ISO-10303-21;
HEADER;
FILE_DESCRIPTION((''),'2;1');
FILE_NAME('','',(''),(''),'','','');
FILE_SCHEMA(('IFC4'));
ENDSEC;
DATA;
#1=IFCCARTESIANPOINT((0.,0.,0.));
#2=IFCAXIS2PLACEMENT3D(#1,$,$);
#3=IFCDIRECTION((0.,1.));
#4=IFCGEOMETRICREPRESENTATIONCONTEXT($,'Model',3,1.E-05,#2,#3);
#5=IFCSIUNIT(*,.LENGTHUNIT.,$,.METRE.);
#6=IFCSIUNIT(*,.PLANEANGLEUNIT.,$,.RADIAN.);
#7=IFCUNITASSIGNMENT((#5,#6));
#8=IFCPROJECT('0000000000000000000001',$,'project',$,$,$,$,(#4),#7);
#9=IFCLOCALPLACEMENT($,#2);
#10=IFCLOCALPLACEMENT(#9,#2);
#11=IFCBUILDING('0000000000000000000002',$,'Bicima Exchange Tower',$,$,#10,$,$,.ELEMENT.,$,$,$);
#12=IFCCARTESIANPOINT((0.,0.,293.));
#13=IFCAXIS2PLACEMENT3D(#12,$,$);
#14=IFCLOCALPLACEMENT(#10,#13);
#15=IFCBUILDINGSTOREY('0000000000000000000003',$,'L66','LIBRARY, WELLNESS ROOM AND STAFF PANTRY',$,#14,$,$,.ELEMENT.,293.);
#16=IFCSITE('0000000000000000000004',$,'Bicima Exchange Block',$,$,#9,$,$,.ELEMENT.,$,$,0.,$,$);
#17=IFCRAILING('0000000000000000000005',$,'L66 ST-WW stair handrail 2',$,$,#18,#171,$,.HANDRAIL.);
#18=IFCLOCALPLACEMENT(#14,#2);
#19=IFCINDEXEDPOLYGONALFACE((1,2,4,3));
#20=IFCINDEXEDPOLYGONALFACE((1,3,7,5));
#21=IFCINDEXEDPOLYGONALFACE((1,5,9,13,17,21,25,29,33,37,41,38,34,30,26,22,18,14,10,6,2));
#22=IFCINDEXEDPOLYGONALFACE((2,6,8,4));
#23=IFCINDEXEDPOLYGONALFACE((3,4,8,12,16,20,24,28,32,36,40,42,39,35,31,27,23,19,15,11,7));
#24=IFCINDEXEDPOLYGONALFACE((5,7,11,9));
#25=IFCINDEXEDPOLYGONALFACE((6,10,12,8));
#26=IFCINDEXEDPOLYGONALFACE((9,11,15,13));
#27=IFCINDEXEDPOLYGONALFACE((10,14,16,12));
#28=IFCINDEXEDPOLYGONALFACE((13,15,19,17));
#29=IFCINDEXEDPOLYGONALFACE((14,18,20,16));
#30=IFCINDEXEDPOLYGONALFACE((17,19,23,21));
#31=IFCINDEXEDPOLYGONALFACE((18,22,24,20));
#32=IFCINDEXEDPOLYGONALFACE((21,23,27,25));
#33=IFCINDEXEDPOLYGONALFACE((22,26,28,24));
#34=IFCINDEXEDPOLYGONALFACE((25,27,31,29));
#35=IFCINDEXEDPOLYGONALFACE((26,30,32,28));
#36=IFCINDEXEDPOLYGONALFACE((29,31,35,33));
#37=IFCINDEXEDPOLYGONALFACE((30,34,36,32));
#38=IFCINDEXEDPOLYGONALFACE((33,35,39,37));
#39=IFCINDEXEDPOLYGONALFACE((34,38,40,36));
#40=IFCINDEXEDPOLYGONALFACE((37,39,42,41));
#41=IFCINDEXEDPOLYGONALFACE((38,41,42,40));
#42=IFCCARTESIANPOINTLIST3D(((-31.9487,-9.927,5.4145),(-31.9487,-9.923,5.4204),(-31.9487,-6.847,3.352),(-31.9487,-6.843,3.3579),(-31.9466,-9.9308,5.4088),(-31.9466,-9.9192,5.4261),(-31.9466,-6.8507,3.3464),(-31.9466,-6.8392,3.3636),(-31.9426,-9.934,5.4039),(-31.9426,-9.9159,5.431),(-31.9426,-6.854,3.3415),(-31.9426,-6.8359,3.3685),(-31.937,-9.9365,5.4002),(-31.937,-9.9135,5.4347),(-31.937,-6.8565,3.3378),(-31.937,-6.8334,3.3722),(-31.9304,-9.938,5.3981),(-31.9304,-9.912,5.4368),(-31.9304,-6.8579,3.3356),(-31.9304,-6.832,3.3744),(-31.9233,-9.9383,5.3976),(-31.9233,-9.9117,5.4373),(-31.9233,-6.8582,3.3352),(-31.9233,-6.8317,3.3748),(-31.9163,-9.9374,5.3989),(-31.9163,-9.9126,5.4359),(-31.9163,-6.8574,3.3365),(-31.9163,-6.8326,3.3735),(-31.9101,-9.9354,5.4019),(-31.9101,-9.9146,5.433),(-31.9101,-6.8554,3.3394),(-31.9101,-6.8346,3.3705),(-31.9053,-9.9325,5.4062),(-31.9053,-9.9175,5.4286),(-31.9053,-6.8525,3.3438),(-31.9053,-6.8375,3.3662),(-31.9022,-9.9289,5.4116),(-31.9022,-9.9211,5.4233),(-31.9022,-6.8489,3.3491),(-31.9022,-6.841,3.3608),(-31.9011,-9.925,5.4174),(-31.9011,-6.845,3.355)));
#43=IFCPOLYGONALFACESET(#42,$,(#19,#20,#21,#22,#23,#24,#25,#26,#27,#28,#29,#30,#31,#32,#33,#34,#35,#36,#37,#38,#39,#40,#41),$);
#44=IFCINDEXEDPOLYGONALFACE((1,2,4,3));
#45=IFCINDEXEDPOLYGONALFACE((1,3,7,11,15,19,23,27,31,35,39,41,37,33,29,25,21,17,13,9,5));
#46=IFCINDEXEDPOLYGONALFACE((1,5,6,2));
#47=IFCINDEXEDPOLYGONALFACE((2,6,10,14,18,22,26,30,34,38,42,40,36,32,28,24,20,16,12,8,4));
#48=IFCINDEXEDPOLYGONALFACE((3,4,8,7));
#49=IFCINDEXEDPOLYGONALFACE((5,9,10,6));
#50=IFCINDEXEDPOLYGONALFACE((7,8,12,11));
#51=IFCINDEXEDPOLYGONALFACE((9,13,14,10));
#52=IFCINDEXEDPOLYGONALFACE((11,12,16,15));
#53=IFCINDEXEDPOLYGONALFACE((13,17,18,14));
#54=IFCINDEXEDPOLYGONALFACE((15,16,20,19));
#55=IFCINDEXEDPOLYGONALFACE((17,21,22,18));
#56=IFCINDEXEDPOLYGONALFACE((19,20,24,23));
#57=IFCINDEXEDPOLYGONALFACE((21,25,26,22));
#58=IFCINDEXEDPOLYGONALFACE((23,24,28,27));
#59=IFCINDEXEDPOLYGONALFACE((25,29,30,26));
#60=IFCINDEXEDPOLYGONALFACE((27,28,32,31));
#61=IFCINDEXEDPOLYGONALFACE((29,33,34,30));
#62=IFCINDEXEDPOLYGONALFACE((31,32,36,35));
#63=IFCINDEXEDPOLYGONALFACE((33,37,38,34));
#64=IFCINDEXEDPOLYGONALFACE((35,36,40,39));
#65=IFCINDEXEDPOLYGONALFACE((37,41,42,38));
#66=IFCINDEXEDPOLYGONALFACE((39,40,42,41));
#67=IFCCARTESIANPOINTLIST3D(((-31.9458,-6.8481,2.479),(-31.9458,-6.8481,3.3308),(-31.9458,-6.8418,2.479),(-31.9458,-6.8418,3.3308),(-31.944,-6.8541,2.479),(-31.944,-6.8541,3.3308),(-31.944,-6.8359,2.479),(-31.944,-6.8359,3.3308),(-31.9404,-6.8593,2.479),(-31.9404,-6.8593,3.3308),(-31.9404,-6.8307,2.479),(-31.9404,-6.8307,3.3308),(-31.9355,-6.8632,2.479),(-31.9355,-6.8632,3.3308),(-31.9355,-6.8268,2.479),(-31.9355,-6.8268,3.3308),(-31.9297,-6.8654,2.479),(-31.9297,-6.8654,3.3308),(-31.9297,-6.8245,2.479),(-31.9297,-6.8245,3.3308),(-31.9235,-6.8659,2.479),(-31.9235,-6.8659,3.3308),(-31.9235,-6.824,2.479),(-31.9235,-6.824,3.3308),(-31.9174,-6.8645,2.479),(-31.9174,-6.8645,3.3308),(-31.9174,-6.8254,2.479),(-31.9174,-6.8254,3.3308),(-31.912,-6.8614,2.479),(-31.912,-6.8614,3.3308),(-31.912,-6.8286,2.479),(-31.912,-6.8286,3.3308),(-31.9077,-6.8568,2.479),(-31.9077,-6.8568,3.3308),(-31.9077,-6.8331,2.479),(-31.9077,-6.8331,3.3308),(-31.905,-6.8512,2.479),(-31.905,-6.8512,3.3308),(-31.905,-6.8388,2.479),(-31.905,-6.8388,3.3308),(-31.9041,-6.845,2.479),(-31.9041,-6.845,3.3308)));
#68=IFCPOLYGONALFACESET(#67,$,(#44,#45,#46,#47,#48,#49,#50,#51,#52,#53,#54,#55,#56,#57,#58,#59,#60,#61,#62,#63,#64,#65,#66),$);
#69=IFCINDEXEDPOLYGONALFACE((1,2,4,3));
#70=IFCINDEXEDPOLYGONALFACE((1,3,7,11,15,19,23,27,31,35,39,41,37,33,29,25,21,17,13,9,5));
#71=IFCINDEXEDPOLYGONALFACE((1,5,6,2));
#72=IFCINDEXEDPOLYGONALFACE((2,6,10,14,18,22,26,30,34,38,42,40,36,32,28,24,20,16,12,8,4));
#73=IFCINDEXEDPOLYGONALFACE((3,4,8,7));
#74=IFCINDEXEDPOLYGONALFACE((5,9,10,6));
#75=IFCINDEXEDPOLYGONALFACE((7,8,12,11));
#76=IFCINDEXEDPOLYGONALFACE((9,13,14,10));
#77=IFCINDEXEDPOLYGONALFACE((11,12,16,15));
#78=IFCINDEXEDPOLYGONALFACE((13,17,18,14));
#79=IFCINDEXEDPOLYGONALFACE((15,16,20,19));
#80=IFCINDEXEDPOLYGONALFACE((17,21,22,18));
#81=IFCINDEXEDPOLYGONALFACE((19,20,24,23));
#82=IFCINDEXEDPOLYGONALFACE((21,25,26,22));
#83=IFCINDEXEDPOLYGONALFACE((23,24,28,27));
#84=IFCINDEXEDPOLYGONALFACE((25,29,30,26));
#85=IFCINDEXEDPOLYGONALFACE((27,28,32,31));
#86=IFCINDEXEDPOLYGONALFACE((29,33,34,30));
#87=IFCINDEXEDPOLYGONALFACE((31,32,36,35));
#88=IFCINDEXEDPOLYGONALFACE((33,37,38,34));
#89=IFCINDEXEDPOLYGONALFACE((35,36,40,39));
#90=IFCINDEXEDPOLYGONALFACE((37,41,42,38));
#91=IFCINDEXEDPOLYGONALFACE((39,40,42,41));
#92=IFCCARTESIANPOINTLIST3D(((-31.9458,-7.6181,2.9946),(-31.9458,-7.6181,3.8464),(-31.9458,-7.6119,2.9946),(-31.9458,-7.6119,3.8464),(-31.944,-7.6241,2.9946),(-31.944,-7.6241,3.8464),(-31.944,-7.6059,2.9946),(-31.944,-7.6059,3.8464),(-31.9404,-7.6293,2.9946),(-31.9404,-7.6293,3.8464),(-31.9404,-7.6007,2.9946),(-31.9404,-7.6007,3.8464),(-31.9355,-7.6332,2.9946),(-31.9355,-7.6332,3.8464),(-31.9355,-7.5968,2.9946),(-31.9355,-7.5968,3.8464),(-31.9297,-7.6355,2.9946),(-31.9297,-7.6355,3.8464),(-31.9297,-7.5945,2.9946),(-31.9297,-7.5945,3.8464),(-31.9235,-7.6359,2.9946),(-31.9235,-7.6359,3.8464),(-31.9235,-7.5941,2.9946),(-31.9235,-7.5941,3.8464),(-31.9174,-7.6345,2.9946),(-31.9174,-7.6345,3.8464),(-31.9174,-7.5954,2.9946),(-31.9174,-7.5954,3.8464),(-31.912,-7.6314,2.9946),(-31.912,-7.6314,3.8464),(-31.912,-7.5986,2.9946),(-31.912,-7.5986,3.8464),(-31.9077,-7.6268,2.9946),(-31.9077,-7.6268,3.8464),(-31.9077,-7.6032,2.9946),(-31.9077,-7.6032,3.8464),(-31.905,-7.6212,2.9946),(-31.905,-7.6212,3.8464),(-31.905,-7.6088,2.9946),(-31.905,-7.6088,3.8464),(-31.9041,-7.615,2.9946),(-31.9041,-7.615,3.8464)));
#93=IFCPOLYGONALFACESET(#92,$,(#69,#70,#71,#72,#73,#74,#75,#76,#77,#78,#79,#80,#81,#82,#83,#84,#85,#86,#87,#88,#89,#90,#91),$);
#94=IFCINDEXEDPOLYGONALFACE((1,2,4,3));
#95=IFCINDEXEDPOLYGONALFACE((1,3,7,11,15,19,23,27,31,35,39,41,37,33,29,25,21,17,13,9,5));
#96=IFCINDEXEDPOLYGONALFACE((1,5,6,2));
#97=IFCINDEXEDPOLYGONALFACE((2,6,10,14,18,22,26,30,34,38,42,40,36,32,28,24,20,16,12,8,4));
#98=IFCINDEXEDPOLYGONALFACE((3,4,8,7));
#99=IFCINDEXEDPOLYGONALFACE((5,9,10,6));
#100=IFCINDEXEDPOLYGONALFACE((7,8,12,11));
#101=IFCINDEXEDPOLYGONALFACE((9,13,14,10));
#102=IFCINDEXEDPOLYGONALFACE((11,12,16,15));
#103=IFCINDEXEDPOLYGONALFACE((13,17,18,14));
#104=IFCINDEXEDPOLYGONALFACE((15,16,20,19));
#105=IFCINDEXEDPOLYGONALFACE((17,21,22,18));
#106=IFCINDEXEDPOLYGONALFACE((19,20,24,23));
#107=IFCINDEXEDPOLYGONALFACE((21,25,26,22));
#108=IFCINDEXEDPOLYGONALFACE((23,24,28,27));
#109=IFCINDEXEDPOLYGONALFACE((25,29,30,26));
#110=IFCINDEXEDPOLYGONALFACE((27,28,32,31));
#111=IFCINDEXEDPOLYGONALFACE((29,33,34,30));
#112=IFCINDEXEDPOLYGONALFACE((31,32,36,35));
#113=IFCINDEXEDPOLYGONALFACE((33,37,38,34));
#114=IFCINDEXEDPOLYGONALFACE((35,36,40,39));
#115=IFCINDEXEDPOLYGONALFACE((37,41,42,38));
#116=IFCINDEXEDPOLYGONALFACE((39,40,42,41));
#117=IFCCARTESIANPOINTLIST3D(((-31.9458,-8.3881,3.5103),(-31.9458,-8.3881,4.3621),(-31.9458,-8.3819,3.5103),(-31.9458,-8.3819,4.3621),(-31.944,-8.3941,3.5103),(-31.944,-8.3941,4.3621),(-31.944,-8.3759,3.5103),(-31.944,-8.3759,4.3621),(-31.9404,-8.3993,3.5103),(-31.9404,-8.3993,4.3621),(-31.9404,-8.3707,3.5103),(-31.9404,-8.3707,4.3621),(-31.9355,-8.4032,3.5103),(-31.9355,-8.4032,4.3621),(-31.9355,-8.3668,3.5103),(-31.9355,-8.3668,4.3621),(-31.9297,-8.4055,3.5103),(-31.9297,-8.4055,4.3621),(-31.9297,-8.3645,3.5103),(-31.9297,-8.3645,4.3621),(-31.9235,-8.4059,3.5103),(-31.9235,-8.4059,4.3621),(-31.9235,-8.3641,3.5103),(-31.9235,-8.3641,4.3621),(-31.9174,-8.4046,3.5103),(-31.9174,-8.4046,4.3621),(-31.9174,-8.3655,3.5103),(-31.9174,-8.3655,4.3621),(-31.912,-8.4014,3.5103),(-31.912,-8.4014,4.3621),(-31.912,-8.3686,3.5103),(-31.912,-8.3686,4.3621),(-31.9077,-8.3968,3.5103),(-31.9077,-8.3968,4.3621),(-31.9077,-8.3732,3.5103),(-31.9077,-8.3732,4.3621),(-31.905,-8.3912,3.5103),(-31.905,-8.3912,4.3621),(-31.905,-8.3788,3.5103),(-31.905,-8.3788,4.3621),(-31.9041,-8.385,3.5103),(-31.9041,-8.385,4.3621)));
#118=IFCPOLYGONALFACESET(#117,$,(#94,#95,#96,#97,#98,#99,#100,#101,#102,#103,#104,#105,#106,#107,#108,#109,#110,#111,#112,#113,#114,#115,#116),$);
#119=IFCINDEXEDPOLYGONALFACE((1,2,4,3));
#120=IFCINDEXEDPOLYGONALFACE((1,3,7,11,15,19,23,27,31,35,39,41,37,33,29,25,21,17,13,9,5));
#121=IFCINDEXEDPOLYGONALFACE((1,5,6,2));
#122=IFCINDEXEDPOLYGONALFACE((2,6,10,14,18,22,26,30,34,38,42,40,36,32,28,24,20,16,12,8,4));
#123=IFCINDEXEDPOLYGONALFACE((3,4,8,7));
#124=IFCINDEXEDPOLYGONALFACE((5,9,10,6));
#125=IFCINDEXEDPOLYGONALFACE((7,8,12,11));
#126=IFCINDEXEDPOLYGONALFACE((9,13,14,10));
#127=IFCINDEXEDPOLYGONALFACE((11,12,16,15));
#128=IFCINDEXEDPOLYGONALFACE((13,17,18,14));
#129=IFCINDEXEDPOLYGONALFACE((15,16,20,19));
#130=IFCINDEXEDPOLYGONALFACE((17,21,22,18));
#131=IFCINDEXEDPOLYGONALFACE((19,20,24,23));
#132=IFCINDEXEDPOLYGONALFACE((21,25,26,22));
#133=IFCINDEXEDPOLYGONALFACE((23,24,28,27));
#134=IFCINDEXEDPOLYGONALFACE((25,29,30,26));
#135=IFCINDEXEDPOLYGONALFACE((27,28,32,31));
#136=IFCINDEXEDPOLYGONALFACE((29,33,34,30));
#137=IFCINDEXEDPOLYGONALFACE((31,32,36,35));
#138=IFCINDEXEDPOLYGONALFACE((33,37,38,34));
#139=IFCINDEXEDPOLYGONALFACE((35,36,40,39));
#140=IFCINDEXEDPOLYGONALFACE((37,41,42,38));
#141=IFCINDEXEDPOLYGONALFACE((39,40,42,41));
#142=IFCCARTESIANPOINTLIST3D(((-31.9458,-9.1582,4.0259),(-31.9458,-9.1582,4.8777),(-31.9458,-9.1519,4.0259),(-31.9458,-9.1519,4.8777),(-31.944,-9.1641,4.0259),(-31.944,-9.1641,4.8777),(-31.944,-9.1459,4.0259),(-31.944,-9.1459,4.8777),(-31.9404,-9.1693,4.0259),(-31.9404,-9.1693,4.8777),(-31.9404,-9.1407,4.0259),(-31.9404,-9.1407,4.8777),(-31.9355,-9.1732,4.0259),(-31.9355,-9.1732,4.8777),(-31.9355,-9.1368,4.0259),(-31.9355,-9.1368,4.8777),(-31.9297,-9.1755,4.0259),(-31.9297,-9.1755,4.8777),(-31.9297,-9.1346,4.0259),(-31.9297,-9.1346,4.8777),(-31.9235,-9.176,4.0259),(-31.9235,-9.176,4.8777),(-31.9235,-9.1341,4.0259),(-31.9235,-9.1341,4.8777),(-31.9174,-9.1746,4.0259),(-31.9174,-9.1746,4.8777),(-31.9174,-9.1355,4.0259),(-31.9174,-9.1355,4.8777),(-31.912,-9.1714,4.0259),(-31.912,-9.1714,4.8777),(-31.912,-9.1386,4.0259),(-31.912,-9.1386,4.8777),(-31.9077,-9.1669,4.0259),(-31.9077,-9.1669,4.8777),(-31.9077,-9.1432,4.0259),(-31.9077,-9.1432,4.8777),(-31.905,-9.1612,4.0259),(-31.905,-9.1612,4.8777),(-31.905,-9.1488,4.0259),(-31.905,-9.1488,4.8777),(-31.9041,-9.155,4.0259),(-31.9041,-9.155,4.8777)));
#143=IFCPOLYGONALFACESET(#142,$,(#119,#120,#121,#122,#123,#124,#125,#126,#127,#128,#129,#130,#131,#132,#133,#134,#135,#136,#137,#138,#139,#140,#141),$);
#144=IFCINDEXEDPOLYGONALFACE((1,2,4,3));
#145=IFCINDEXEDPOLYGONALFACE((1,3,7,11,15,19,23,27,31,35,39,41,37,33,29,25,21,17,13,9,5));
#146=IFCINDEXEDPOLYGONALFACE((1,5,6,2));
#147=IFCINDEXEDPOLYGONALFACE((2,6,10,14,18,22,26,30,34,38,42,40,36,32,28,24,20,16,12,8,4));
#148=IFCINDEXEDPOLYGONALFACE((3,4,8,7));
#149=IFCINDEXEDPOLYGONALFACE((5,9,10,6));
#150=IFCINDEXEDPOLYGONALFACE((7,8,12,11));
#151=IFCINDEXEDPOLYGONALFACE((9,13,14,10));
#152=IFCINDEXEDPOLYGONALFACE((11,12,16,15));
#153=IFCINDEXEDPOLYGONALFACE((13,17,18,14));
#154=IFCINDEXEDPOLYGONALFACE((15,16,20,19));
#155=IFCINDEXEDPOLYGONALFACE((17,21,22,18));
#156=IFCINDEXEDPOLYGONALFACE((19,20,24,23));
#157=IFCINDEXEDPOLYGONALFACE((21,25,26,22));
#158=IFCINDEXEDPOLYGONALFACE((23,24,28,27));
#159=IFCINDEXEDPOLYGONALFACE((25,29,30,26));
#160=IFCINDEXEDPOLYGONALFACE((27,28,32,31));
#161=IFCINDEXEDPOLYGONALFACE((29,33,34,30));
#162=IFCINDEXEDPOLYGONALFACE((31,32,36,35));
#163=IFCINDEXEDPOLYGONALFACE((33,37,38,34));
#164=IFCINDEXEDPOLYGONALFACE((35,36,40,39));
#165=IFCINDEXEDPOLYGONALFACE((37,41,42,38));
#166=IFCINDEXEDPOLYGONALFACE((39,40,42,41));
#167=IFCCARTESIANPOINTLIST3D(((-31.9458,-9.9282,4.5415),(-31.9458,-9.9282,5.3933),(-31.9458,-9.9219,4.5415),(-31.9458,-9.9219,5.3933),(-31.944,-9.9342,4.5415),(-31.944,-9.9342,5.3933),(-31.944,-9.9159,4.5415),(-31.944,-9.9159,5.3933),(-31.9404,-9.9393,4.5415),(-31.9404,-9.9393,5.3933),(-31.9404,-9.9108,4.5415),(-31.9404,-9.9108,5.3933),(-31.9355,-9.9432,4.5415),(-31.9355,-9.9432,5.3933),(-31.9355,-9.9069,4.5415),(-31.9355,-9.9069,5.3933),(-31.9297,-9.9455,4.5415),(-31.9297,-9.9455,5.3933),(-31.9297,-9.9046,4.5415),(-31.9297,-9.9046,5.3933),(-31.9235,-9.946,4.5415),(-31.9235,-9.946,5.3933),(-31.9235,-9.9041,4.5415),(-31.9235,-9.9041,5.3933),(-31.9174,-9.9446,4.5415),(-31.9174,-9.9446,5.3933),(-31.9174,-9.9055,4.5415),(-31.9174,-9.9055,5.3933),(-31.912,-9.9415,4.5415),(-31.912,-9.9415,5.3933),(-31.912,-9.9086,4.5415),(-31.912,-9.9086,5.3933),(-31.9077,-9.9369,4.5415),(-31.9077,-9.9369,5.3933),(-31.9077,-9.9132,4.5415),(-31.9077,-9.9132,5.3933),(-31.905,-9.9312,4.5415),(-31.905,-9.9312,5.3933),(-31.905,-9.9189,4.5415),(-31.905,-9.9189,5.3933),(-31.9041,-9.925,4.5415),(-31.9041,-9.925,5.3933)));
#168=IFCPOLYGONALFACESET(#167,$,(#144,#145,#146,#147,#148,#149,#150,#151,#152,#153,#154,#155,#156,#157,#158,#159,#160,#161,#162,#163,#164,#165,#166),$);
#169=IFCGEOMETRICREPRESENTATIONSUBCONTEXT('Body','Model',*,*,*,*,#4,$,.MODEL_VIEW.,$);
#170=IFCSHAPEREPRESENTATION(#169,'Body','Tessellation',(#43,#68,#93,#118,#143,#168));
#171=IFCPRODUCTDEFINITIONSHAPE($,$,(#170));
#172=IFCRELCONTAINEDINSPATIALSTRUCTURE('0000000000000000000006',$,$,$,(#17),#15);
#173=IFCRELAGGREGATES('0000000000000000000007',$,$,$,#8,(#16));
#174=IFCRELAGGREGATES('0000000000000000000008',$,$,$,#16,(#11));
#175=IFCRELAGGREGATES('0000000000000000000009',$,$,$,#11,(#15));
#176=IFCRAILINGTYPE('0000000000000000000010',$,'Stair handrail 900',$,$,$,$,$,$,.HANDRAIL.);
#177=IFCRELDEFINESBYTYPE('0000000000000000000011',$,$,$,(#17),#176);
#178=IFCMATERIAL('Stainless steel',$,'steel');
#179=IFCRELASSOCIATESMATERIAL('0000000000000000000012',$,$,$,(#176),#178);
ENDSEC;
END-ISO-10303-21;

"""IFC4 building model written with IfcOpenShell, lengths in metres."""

from ifc_helpers import new_model, si_unit, direction, frame, origin, origin_2d, place, context, subcontext, project, spatial, circle, extrude, material, type_object, element, save


model = new_model("IFC4")

# Units and contexts
model_context = context("Model", 3, precision=1e-05, world=origin(), true_north=direction((0.0, 1.0)))
body_context = subcontext(model_context, "Body", "Model", "MODEL_VIEW")
ifc_project = project(units=[si_unit("LENGTHUNIT", "METRE"), si_unit("PLANEANGLEUNIT", "RADIAN")], contexts=[model_context])

# Site, building, storey
site_placement = place(None, origin())
site = spatial("IfcSite", under=ifc_project, at=site_placement, Name="Bicima Exchange Block", CompositionType="ELEMENT", RefElevation=0.0)
building_placement = place(site_placement, origin())
building = spatial("IfcBuilding", under=site, at=building_placement, Name="Bicima Exchange Tower", CompositionType="ELEMENT")
storey_placement = place(building_placement, frame((0.0, 0.0, 293.0)))
storey = spatial("IfcBuildingStorey", under=building, at=storey_placement, Name="L66", Description="LIBRARY, WELLNESS ROOM AND STAFF PANTRY", CompositionType="ELEMENT", Elevation=293.0)

# Railing
ifc_material_1 = material(Name="Stainless steel", Category="steel")
railing_type_1 = type_object("IfcRailingType", Name="Stair handrail 900", PredefinedType="HANDRAIL", material=ifc_material_1)
railing_1_placement = place(storey_placement, frame((-31.925, -6.845, 2.479)))
element("IfcRailing", 1, at=railing_1_placement, inside=storey, type_object=railing_type_1, Name="L66 ST-WW stair handrail 2", PredefinedType="HANDRAIL", context=body_context, shape_type="SweptSolid", body=[
    extrude(circle(Radius=0.0239, at=origin_2d()), frame((0.0, 0.0, 0.876), z_axis=(0.0, -0.830914, 0.556401), x_axis=(1.0, 0.0, 0.0)), (0.0, 0.0, 1.0), 3.7068),
    extrude(circle(Radius=0.021, at=origin_2d()), origin(), (0.0, 0.0, 1.0), 0.8518),
    extrude(circle(Radius=0.021, at=origin_2d()), frame((0.0, -0.77, 0.5156)), (0.0, 0.0, 1.0), 0.8518),
    extrude(circle(Radius=0.021, at=origin_2d()), frame((0.0, -1.54, 1.0312)), (0.0, 0.0, 1.0), 0.8518),
    extrude(circle(Radius=0.021, at=origin_2d()), frame((0.0, -2.3101, 1.5469)), (0.0, 0.0, 1.0), 0.8518),
    extrude(circle(Radius=0.021, at=origin_2d()), frame((0.0, -3.0801, 2.0625)), (0.0, 0.0, 1.0), 0.8518),
])

save(model, "model.ifc")
